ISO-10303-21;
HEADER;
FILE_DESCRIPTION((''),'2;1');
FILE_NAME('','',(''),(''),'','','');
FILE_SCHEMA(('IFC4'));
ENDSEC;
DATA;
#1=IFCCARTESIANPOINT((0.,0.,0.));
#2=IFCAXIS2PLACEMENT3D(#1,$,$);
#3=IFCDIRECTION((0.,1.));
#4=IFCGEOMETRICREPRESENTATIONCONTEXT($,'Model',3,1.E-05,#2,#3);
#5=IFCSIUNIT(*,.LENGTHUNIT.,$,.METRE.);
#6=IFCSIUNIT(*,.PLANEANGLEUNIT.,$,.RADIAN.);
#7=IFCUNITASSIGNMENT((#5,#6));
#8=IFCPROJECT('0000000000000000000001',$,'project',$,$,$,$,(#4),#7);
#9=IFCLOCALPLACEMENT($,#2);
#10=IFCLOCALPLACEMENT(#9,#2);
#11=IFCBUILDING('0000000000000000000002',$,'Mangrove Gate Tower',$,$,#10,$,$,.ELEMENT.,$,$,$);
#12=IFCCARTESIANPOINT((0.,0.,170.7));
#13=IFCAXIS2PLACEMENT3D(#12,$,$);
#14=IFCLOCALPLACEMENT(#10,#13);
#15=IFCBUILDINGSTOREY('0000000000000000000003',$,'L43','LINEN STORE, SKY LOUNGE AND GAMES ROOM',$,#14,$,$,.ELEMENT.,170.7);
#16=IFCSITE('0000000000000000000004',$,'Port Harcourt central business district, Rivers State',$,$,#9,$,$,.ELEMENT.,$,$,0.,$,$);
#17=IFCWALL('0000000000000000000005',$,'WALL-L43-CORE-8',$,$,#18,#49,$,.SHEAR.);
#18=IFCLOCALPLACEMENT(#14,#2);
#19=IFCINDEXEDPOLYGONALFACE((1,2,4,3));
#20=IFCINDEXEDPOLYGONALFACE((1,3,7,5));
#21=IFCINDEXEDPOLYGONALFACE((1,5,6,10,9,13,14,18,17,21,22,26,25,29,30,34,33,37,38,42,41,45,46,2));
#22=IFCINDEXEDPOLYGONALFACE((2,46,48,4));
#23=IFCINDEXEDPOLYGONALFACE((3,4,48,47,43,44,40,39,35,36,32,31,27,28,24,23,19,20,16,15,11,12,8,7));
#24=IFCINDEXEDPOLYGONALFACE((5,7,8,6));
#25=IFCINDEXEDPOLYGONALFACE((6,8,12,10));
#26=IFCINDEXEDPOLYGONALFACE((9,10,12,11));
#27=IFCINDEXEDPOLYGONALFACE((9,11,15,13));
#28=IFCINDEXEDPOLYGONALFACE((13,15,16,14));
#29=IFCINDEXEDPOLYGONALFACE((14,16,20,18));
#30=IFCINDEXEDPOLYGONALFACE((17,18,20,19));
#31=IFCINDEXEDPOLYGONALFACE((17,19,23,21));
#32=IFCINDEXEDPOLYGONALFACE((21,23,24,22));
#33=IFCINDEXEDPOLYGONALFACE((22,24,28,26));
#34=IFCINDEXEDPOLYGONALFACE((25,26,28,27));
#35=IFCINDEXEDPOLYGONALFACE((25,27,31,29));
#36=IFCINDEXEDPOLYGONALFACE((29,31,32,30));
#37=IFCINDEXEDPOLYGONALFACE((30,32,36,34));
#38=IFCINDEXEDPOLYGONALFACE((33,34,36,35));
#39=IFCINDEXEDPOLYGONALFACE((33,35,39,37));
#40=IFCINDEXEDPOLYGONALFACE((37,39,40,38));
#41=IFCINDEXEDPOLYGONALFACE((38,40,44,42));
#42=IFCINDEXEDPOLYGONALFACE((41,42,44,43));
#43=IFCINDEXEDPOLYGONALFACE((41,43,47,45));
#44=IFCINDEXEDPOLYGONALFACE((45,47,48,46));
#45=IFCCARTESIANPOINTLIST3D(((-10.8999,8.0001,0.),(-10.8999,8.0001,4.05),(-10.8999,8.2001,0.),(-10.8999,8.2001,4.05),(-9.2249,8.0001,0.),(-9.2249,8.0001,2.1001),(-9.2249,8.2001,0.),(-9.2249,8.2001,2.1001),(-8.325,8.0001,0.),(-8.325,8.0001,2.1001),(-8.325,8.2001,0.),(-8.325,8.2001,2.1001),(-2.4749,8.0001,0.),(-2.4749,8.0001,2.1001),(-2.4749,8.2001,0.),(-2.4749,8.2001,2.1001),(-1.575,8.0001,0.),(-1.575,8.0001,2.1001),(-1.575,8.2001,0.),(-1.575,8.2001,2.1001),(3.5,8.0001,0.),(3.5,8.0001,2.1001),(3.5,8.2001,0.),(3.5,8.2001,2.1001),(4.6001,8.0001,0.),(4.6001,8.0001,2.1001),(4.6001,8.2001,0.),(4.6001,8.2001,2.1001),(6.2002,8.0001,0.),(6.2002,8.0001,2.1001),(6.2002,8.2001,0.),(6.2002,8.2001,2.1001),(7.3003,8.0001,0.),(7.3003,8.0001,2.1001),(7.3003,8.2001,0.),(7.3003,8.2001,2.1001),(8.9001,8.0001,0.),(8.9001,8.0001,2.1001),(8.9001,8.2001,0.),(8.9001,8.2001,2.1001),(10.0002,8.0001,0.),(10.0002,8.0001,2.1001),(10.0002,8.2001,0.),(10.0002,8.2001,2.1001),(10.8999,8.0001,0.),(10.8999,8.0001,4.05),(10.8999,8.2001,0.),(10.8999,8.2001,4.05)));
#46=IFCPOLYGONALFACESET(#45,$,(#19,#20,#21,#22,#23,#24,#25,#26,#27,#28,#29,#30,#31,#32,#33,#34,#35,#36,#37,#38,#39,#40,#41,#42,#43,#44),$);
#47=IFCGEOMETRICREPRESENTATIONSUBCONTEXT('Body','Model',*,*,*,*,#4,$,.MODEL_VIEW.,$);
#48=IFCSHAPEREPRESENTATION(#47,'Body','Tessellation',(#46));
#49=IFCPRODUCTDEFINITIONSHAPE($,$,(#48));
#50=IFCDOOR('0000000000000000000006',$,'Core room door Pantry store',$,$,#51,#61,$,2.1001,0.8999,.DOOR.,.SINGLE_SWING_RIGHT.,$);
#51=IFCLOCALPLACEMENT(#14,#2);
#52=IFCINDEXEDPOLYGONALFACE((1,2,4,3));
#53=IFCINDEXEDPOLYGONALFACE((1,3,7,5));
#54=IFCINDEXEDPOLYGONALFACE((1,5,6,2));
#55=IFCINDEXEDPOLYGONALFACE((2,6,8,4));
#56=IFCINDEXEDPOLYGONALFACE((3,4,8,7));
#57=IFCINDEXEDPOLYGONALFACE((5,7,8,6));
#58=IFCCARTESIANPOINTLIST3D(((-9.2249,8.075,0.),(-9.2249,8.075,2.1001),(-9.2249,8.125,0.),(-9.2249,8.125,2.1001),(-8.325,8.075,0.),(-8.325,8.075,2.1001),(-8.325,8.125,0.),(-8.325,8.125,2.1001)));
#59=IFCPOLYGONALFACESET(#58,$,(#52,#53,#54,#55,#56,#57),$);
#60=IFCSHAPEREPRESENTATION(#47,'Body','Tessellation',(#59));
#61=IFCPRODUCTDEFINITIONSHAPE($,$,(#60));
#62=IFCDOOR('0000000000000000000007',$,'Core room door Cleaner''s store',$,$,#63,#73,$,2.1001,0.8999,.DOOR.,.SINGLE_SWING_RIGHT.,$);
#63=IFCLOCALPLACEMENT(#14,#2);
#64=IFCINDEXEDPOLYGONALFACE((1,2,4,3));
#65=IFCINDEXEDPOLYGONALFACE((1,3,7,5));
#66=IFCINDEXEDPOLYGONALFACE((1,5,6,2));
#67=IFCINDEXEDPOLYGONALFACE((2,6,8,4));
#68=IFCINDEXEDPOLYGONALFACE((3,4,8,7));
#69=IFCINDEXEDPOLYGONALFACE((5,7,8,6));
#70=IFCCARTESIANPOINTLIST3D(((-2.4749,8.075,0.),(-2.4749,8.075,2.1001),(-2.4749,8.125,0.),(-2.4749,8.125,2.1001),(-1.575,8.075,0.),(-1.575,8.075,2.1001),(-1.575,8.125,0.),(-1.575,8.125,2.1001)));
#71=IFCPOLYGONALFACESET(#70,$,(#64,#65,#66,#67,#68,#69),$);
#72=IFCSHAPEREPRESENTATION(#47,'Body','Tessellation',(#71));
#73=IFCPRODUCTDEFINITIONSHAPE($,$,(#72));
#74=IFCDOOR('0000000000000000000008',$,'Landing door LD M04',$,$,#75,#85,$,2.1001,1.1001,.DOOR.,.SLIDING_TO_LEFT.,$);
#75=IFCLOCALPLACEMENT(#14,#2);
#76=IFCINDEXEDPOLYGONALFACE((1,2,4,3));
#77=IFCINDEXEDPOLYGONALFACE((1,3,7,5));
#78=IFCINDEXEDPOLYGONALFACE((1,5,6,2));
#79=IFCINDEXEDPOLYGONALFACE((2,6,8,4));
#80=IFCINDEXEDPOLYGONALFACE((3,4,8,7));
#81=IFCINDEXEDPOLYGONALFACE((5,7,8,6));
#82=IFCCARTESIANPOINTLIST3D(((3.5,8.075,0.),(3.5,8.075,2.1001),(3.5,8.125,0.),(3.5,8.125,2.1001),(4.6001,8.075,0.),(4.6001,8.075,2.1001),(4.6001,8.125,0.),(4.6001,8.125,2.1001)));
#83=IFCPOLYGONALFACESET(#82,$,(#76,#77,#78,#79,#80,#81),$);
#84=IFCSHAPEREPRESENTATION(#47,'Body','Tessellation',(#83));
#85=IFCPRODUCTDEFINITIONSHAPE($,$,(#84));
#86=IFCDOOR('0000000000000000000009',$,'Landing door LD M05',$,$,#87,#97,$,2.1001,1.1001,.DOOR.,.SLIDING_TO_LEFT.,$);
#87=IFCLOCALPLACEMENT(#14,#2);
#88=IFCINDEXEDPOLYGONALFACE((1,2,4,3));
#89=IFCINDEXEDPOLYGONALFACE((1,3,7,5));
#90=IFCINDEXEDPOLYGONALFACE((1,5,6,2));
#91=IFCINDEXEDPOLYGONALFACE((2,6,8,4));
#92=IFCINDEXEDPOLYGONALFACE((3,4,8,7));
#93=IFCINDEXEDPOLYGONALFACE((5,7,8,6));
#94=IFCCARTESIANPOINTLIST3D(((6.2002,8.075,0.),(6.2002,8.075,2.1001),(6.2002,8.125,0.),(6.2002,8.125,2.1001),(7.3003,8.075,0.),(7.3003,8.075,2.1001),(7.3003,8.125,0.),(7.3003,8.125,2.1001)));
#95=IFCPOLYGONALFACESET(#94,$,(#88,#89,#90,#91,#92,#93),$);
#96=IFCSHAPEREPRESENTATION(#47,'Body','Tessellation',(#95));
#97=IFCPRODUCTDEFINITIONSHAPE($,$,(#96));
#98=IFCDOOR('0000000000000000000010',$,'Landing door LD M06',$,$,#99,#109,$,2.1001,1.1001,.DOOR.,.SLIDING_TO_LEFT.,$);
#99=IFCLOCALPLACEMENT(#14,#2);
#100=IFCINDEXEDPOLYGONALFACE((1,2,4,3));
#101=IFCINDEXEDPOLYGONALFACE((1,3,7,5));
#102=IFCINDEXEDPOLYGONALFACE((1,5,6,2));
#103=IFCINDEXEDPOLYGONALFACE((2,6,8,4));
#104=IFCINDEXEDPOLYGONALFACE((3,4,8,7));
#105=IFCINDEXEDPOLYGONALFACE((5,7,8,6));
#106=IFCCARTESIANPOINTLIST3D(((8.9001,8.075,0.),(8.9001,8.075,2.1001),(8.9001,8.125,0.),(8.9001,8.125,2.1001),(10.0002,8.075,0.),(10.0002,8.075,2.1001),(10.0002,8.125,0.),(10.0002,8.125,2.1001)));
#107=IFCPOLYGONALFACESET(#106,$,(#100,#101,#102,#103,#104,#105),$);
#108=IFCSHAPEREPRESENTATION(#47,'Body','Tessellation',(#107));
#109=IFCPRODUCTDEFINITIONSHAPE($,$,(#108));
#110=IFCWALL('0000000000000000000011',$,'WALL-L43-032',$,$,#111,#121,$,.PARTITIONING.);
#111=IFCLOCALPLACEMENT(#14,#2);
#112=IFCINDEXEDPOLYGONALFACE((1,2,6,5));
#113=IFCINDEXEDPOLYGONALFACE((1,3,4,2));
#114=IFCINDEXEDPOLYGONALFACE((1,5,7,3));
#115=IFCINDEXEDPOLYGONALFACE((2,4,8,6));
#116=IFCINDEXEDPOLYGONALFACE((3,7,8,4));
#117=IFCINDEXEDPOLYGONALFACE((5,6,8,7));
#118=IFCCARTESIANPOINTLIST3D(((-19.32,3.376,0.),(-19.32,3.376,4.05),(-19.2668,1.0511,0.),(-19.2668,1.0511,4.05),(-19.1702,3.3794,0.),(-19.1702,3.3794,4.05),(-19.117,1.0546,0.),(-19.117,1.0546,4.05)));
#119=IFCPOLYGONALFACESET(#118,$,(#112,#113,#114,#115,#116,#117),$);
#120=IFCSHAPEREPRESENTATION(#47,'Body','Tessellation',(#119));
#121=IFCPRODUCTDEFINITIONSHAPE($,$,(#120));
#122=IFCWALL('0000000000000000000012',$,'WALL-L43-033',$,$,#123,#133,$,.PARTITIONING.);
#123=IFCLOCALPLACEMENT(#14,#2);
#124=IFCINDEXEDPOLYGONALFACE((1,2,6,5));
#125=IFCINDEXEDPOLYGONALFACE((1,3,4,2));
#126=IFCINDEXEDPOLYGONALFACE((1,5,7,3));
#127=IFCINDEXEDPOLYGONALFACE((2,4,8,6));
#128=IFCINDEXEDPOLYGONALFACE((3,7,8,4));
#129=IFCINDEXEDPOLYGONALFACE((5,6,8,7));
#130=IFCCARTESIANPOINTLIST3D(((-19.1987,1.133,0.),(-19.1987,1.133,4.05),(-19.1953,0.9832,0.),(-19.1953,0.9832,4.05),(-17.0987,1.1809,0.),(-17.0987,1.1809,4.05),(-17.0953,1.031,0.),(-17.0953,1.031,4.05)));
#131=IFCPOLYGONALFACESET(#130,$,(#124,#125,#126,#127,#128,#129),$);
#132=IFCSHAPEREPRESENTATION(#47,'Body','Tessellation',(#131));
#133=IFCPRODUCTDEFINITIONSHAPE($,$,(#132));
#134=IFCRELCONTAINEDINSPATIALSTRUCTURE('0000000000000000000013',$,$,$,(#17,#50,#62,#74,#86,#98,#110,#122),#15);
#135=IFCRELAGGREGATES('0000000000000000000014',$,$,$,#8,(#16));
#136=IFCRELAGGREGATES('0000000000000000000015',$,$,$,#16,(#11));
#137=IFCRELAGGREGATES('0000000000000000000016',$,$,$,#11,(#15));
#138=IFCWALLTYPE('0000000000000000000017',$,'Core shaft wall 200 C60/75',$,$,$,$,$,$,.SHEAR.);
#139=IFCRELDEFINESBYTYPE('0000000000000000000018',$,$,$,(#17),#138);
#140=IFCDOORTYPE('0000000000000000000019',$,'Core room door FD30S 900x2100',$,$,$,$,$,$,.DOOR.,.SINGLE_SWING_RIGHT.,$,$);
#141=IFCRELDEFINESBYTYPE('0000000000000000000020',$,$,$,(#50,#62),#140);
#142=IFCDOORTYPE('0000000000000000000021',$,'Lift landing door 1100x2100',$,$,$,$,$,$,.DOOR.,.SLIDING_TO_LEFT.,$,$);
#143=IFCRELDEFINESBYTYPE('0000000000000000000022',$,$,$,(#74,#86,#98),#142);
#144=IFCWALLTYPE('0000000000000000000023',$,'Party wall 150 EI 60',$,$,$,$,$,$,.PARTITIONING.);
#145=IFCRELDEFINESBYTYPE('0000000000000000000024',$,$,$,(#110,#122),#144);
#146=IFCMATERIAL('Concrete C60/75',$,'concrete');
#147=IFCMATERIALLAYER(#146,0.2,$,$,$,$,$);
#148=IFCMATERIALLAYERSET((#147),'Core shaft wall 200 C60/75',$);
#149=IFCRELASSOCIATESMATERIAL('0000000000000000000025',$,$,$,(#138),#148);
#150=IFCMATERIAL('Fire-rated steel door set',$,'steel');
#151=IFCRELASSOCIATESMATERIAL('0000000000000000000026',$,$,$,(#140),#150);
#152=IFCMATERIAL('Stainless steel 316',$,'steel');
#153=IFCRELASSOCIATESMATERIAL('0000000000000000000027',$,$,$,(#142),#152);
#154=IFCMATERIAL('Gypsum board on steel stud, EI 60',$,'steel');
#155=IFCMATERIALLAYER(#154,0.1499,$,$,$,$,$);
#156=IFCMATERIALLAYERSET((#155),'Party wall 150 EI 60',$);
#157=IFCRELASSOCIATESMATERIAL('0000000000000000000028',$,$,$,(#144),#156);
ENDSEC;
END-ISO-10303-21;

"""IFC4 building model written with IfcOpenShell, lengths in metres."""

from ifc_helpers import new_model, si_unit, direction, frame, frame_2d, origin, place, context, subcontext, project, spatial, rectangle, extrude, material, layer, layer_set, type_object, element, fill, save


model = new_model("IFC4")

# Units and contexts
model_context = context("Model", 3, precision=1e-05, world=origin(), true_north=direction((0.0, 1.0)))
body_context = subcontext(model_context, "Body", "Model", "MODEL_VIEW")
ifc_project = project(units=[si_unit("LENGTHUNIT", "METRE"), si_unit("PLANEANGLEUNIT", "RADIAN")], contexts=[model_context])

# Site, building, storey
site_placement = place(None, origin())
site = spatial("IfcSite", under=ifc_project, at=site_placement, Name="Port Harcourt central business district, Rivers State", CompositionType="ELEMENT", RefElevation=0.0)
building_placement = place(site_placement, origin())
building = spatial("IfcBuilding", under=site, at=building_placement, Name="Mangrove Gate Tower", CompositionType="ELEMENT")
storey_placement = place(building_placement, frame((0.0, 0.0, 170.7)))
storey = spatial("IfcBuildingStorey", under=building, at=storey_placement, Name="L43", Description="LINEN STORE, SKY LOUNGE AND GAMES ROOM", CompositionType="ELEMENT", Elevation=170.7)

# Shared definitions
ifc_material_1 = material(Name="Concrete C60/75", Category="concrete")
ifc_layer_1 = layer(ifc_material_1, 0.2)
ifc_layer_set_1 = layer_set([ifc_layer_1], Name="Core shaft wall 200 C60/75")
wall_type_1 = type_object("IfcWallType", Name="Core shaft wall 200 C60/75", PredefinedType="SHEAR", material=ifc_layer_set_1)

# Wall, openings, doors
ifc_material_2 = material(Name="Fire-rated steel door set", Category="steel")
door_type_1 = type_object("IfcDoorType", Name="Core room door FD30S 900x2100", OperationType="SINGLE_SWING_RIGHT", PredefinedType="DOOR", material=ifc_material_2)
ifc_material_3 = material(Name="Stainless steel 316", Category="steel")
door_type_2 = type_object("IfcDoorType", Name="Lift landing door 1100x2100", OperationType="SLIDING_TO_LEFT", PredefinedType="DOOR", material=ifc_material_3)
wall_1_placement = place(storey_placement, frame((-10.8999, 8.1001, 0.0), z_axis=(0.0, 0.0, 1.0), x_axis=(1.0, 0.0, 0.0)))
wall_1 = element("IfcWall", 1, at=wall_1_placement, inside=storey, type_object=wall_type_1, Name="WALL-L43-CORE-8", PredefinedType="SHEAR", context=body_context, shape_type="SweptSolid", body=[
    extrude(rectangle(XDim=21.7998, YDim=0.2, at=frame_2d((10.8999, 0.0))), origin(), (0.0, 0.0, 1.0), 4.05),
])
opening_1_placement = place(wall_1_placement, frame((14.3999, 0.0, 0.0)))
opening_1 = element("IfcOpeningElement", 2, at=opening_1_placement, cuts=wall_1, PredefinedType="OPENING", context=body_context, shape_type="SweptSolid", body=[
    extrude(rectangle(XDim=1.1001, YDim=2.1001, at=frame_2d((0.55, 1.05))), frame((0.0, 0.1099, 0.0), z_axis=(0.0, -1.0, 0.0), x_axis=(1.0, 0.0, 0.0)), (0.0, 0.0, 1.0), 0.22),
])
opening_2_placement = place(wall_1_placement, frame((17.1001, 0.0, 0.0)))
opening_2 = element("IfcOpeningElement", 3, at=opening_2_placement, cuts=wall_1, PredefinedType="OPENING", context=body_context, shape_type="SweptSolid", body=[
    extrude(rectangle(XDim=1.1001, YDim=2.1001, at=frame_2d((0.55, 1.05))), frame((0.0, 0.1099, 0.0), z_axis=(0.0, -1.0, 0.0), x_axis=(1.0, 0.0, 0.0)), (0.0, 0.0, 1.0), 0.22),
])
opening_3_placement = place(wall_1_placement, frame((19.8, 0.0, 0.0)))
opening_3 = element("IfcOpeningElement", 4, at=opening_3_placement, cuts=wall_1, PredefinedType="OPENING", context=body_context, shape_type="SweptSolid", body=[
    extrude(rectangle(XDim=1.1001, YDim=2.1001, at=frame_2d((0.55, 1.05))), frame((0.0, 0.1099, 0.0), z_axis=(0.0, -1.0, 0.0), x_axis=(1.0, 0.0, 0.0)), (0.0, 0.0, 1.0), 0.22),
])
opening_4_placement = place(wall_1_placement, frame((1.675, 0.0, 0.0)))
opening_4 = element("IfcOpeningElement", 5, at=opening_4_placement, cuts=wall_1, PredefinedType="OPENING", context=body_context, shape_type="SweptSolid", body=[
    extrude(rectangle(XDim=0.8999, YDim=2.1001, at=frame_2d((0.45, 1.05))), frame((0.0, 0.1099, 0.0), z_axis=(0.0, -1.0, 0.0), x_axis=(1.0, 0.0, 0.0)), (0.0, 0.0, 1.0), 0.22),
])
opening_5_placement = place(wall_1_placement, frame((8.425, 0.0, 0.0)))
opening_5 = element("IfcOpeningElement", 6, at=opening_5_placement, cuts=wall_1, PredefinedType="OPENING", context=body_context, shape_type="SweptSolid", body=[
    extrude(rectangle(XDim=0.8999, YDim=2.1001, at=frame_2d((0.45, 1.05))), frame((0.0, 0.1099, 0.0), z_axis=(0.0, -1.0, 0.0), x_axis=(1.0, 0.0, 0.0)), (0.0, 0.0, 1.0), 0.22),
])
door_1_placement = place(opening_4_placement, origin())
door_1 = element("IfcDoor", 7, at=door_1_placement, inside=storey, type_object=door_type_1, Name="Core room door Pantry store", OperationType="SINGLE_SWING_RIGHT", OverallHeight=2.1001, OverallWidth=0.8999, PredefinedType="DOOR", context=body_context, shape_type="SweptSolid", body=[
    extrude(rectangle(XDim=0.8999, YDim=2.1001, at=frame_2d((0.45, 1.05))), frame((0.0, 0.0249, 0.0), z_axis=(0.0, -1.0, 0.0), x_axis=(1.0, 0.0, 0.0)), (0.0, 0.0, 1.0), 0.05),
])
fill(opening_4, door_1)
door_2_placement = place(opening_5_placement, origin())
door_2 = element("IfcDoor", 8, at=door_2_placement, inside=storey, type_object=door_type_1, Name="Core room door Cleaner's store", OperationType="SINGLE_SWING_RIGHT", OverallHeight=2.1001, OverallWidth=0.8999, PredefinedType="DOOR", context=body_context, shape_type="SweptSolid", body=[
    extrude(rectangle(XDim=0.8999, YDim=2.1001, at=frame_2d((0.45, 1.05))), frame((0.0, 0.0249, 0.0), z_axis=(0.0, -1.0, 0.0), x_axis=(1.0, 0.0, 0.0)), (0.0, 0.0, 1.0), 0.05),
])
fill(opening_5, door_2)
door_3_placement = place(opening_1_placement, origin())
door_3 = element("IfcDoor", 9, at=door_3_placement, inside=storey, type_object=door_type_2, Name="Landing door LD M04", OperationType="SLIDING_TO_LEFT", OverallHeight=2.1001, OverallWidth=1.1001, PredefinedType="DOOR", context=body_context, shape_type="SweptSolid", body=[
    extrude(rectangle(XDim=1.1001, YDim=2.1001, at=frame_2d((0.55, 1.05))), frame((0.0, 0.0249, 0.0), z_axis=(0.0, -1.0, 0.0), x_axis=(1.0, 0.0, 0.0)), (0.0, 0.0, 1.0), 0.05),
])
fill(opening_1, door_3)
door_4_placement = place(opening_2_placement, origin())
door_4 = element("IfcDoor", 10, at=door_4_placement, inside=storey, type_object=door_type_2, Name="Landing door LD M05", OperationType="SLIDING_TO_LEFT", OverallHeight=2.1001, OverallWidth=1.1001, PredefinedType="DOOR", context=body_context, shape_type="SweptSolid", body=[
    extrude(rectangle(XDim=1.1001, YDim=2.1001, at=frame_2d((0.55, 1.05))), frame((0.0, 0.0249, 0.0), z_axis=(0.0, -1.0, 0.0), x_axis=(1.0, 0.0, 0.0)), (0.0, 0.0, 1.0), 0.05),
])
fill(opening_2, door_4)
door_5_placement = place(opening_3_placement, origin())
door_5 = element("IfcDoor", 11, at=door_5_placement, inside=storey, type_object=door_type_2, Name="Landing door LD M06", OperationType="SLIDING_TO_LEFT", OverallHeight=2.1001, OverallWidth=1.1001, PredefinedType="DOOR", context=body_context, shape_type="SweptSolid", body=[
    extrude(rectangle(XDim=1.1001, YDim=2.1001, at=frame_2d((0.55, 1.05))), frame((0.0, 0.0249, 0.0), z_axis=(0.0, -1.0, 0.0), x_axis=(1.0, 0.0, 0.0)), (0.0, 0.0, 1.0), 0.05),
])
fill(opening_3, door_5)

# Walls
ifc_material_4 = material(Name="Gypsum board on steel stud, EI 60", Category="steel")
ifc_layer_2 = layer(ifc_material_4, 0.1499)
ifc_layer_set_2 = layer_set([ifc_layer_2], Name="Party wall 150 EI 60")
wall_type_2 = type_object("IfcWallType", Name="Party wall 150 EI 60", PredefinedType="PARTITIONING", material=ifc_layer_set_2)
wall_2_placement = place(storey_placement, frame((-19.1919, 1.053, 0.0), z_axis=(0.0, 0.0, 1.0), x_axis=(-0.022886, 0.999738, 0.0)))
element("IfcWall", 12, at=wall_2_placement, inside=storey, type_object=wall_type_2, Name="WALL-L43-032", PredefinedType="PARTITIONING", context=body_context, shape_type="SweptSolid", body=[
    extrude(rectangle(XDim=2.3254, YDim=0.1499, at=frame_2d((1.1626, 0.0))), origin(), (0.0, 0.0, 1.0), 4.05),
])
wall_3_placement = place(storey_placement, frame((-19.197, 1.0581, 0.0), z_axis=(0.0, 0.0, 1.0), x_axis=(0.999741, 0.022779, 0.0)))
element("IfcWall", 13, at=wall_3_placement, inside=storey, type_object=wall_type_2, Name="WALL-L43-033", PredefinedType="PARTITIONING", context=body_context, shape_type="SweptSolid", body=[
    extrude(rectangle(XDim=2.1006, YDim=0.1499, at=frame_2d((1.0503, 0.0))), origin(), (0.0, 0.0, 1.0), 4.05),
])

save(model, "model.ifc")
